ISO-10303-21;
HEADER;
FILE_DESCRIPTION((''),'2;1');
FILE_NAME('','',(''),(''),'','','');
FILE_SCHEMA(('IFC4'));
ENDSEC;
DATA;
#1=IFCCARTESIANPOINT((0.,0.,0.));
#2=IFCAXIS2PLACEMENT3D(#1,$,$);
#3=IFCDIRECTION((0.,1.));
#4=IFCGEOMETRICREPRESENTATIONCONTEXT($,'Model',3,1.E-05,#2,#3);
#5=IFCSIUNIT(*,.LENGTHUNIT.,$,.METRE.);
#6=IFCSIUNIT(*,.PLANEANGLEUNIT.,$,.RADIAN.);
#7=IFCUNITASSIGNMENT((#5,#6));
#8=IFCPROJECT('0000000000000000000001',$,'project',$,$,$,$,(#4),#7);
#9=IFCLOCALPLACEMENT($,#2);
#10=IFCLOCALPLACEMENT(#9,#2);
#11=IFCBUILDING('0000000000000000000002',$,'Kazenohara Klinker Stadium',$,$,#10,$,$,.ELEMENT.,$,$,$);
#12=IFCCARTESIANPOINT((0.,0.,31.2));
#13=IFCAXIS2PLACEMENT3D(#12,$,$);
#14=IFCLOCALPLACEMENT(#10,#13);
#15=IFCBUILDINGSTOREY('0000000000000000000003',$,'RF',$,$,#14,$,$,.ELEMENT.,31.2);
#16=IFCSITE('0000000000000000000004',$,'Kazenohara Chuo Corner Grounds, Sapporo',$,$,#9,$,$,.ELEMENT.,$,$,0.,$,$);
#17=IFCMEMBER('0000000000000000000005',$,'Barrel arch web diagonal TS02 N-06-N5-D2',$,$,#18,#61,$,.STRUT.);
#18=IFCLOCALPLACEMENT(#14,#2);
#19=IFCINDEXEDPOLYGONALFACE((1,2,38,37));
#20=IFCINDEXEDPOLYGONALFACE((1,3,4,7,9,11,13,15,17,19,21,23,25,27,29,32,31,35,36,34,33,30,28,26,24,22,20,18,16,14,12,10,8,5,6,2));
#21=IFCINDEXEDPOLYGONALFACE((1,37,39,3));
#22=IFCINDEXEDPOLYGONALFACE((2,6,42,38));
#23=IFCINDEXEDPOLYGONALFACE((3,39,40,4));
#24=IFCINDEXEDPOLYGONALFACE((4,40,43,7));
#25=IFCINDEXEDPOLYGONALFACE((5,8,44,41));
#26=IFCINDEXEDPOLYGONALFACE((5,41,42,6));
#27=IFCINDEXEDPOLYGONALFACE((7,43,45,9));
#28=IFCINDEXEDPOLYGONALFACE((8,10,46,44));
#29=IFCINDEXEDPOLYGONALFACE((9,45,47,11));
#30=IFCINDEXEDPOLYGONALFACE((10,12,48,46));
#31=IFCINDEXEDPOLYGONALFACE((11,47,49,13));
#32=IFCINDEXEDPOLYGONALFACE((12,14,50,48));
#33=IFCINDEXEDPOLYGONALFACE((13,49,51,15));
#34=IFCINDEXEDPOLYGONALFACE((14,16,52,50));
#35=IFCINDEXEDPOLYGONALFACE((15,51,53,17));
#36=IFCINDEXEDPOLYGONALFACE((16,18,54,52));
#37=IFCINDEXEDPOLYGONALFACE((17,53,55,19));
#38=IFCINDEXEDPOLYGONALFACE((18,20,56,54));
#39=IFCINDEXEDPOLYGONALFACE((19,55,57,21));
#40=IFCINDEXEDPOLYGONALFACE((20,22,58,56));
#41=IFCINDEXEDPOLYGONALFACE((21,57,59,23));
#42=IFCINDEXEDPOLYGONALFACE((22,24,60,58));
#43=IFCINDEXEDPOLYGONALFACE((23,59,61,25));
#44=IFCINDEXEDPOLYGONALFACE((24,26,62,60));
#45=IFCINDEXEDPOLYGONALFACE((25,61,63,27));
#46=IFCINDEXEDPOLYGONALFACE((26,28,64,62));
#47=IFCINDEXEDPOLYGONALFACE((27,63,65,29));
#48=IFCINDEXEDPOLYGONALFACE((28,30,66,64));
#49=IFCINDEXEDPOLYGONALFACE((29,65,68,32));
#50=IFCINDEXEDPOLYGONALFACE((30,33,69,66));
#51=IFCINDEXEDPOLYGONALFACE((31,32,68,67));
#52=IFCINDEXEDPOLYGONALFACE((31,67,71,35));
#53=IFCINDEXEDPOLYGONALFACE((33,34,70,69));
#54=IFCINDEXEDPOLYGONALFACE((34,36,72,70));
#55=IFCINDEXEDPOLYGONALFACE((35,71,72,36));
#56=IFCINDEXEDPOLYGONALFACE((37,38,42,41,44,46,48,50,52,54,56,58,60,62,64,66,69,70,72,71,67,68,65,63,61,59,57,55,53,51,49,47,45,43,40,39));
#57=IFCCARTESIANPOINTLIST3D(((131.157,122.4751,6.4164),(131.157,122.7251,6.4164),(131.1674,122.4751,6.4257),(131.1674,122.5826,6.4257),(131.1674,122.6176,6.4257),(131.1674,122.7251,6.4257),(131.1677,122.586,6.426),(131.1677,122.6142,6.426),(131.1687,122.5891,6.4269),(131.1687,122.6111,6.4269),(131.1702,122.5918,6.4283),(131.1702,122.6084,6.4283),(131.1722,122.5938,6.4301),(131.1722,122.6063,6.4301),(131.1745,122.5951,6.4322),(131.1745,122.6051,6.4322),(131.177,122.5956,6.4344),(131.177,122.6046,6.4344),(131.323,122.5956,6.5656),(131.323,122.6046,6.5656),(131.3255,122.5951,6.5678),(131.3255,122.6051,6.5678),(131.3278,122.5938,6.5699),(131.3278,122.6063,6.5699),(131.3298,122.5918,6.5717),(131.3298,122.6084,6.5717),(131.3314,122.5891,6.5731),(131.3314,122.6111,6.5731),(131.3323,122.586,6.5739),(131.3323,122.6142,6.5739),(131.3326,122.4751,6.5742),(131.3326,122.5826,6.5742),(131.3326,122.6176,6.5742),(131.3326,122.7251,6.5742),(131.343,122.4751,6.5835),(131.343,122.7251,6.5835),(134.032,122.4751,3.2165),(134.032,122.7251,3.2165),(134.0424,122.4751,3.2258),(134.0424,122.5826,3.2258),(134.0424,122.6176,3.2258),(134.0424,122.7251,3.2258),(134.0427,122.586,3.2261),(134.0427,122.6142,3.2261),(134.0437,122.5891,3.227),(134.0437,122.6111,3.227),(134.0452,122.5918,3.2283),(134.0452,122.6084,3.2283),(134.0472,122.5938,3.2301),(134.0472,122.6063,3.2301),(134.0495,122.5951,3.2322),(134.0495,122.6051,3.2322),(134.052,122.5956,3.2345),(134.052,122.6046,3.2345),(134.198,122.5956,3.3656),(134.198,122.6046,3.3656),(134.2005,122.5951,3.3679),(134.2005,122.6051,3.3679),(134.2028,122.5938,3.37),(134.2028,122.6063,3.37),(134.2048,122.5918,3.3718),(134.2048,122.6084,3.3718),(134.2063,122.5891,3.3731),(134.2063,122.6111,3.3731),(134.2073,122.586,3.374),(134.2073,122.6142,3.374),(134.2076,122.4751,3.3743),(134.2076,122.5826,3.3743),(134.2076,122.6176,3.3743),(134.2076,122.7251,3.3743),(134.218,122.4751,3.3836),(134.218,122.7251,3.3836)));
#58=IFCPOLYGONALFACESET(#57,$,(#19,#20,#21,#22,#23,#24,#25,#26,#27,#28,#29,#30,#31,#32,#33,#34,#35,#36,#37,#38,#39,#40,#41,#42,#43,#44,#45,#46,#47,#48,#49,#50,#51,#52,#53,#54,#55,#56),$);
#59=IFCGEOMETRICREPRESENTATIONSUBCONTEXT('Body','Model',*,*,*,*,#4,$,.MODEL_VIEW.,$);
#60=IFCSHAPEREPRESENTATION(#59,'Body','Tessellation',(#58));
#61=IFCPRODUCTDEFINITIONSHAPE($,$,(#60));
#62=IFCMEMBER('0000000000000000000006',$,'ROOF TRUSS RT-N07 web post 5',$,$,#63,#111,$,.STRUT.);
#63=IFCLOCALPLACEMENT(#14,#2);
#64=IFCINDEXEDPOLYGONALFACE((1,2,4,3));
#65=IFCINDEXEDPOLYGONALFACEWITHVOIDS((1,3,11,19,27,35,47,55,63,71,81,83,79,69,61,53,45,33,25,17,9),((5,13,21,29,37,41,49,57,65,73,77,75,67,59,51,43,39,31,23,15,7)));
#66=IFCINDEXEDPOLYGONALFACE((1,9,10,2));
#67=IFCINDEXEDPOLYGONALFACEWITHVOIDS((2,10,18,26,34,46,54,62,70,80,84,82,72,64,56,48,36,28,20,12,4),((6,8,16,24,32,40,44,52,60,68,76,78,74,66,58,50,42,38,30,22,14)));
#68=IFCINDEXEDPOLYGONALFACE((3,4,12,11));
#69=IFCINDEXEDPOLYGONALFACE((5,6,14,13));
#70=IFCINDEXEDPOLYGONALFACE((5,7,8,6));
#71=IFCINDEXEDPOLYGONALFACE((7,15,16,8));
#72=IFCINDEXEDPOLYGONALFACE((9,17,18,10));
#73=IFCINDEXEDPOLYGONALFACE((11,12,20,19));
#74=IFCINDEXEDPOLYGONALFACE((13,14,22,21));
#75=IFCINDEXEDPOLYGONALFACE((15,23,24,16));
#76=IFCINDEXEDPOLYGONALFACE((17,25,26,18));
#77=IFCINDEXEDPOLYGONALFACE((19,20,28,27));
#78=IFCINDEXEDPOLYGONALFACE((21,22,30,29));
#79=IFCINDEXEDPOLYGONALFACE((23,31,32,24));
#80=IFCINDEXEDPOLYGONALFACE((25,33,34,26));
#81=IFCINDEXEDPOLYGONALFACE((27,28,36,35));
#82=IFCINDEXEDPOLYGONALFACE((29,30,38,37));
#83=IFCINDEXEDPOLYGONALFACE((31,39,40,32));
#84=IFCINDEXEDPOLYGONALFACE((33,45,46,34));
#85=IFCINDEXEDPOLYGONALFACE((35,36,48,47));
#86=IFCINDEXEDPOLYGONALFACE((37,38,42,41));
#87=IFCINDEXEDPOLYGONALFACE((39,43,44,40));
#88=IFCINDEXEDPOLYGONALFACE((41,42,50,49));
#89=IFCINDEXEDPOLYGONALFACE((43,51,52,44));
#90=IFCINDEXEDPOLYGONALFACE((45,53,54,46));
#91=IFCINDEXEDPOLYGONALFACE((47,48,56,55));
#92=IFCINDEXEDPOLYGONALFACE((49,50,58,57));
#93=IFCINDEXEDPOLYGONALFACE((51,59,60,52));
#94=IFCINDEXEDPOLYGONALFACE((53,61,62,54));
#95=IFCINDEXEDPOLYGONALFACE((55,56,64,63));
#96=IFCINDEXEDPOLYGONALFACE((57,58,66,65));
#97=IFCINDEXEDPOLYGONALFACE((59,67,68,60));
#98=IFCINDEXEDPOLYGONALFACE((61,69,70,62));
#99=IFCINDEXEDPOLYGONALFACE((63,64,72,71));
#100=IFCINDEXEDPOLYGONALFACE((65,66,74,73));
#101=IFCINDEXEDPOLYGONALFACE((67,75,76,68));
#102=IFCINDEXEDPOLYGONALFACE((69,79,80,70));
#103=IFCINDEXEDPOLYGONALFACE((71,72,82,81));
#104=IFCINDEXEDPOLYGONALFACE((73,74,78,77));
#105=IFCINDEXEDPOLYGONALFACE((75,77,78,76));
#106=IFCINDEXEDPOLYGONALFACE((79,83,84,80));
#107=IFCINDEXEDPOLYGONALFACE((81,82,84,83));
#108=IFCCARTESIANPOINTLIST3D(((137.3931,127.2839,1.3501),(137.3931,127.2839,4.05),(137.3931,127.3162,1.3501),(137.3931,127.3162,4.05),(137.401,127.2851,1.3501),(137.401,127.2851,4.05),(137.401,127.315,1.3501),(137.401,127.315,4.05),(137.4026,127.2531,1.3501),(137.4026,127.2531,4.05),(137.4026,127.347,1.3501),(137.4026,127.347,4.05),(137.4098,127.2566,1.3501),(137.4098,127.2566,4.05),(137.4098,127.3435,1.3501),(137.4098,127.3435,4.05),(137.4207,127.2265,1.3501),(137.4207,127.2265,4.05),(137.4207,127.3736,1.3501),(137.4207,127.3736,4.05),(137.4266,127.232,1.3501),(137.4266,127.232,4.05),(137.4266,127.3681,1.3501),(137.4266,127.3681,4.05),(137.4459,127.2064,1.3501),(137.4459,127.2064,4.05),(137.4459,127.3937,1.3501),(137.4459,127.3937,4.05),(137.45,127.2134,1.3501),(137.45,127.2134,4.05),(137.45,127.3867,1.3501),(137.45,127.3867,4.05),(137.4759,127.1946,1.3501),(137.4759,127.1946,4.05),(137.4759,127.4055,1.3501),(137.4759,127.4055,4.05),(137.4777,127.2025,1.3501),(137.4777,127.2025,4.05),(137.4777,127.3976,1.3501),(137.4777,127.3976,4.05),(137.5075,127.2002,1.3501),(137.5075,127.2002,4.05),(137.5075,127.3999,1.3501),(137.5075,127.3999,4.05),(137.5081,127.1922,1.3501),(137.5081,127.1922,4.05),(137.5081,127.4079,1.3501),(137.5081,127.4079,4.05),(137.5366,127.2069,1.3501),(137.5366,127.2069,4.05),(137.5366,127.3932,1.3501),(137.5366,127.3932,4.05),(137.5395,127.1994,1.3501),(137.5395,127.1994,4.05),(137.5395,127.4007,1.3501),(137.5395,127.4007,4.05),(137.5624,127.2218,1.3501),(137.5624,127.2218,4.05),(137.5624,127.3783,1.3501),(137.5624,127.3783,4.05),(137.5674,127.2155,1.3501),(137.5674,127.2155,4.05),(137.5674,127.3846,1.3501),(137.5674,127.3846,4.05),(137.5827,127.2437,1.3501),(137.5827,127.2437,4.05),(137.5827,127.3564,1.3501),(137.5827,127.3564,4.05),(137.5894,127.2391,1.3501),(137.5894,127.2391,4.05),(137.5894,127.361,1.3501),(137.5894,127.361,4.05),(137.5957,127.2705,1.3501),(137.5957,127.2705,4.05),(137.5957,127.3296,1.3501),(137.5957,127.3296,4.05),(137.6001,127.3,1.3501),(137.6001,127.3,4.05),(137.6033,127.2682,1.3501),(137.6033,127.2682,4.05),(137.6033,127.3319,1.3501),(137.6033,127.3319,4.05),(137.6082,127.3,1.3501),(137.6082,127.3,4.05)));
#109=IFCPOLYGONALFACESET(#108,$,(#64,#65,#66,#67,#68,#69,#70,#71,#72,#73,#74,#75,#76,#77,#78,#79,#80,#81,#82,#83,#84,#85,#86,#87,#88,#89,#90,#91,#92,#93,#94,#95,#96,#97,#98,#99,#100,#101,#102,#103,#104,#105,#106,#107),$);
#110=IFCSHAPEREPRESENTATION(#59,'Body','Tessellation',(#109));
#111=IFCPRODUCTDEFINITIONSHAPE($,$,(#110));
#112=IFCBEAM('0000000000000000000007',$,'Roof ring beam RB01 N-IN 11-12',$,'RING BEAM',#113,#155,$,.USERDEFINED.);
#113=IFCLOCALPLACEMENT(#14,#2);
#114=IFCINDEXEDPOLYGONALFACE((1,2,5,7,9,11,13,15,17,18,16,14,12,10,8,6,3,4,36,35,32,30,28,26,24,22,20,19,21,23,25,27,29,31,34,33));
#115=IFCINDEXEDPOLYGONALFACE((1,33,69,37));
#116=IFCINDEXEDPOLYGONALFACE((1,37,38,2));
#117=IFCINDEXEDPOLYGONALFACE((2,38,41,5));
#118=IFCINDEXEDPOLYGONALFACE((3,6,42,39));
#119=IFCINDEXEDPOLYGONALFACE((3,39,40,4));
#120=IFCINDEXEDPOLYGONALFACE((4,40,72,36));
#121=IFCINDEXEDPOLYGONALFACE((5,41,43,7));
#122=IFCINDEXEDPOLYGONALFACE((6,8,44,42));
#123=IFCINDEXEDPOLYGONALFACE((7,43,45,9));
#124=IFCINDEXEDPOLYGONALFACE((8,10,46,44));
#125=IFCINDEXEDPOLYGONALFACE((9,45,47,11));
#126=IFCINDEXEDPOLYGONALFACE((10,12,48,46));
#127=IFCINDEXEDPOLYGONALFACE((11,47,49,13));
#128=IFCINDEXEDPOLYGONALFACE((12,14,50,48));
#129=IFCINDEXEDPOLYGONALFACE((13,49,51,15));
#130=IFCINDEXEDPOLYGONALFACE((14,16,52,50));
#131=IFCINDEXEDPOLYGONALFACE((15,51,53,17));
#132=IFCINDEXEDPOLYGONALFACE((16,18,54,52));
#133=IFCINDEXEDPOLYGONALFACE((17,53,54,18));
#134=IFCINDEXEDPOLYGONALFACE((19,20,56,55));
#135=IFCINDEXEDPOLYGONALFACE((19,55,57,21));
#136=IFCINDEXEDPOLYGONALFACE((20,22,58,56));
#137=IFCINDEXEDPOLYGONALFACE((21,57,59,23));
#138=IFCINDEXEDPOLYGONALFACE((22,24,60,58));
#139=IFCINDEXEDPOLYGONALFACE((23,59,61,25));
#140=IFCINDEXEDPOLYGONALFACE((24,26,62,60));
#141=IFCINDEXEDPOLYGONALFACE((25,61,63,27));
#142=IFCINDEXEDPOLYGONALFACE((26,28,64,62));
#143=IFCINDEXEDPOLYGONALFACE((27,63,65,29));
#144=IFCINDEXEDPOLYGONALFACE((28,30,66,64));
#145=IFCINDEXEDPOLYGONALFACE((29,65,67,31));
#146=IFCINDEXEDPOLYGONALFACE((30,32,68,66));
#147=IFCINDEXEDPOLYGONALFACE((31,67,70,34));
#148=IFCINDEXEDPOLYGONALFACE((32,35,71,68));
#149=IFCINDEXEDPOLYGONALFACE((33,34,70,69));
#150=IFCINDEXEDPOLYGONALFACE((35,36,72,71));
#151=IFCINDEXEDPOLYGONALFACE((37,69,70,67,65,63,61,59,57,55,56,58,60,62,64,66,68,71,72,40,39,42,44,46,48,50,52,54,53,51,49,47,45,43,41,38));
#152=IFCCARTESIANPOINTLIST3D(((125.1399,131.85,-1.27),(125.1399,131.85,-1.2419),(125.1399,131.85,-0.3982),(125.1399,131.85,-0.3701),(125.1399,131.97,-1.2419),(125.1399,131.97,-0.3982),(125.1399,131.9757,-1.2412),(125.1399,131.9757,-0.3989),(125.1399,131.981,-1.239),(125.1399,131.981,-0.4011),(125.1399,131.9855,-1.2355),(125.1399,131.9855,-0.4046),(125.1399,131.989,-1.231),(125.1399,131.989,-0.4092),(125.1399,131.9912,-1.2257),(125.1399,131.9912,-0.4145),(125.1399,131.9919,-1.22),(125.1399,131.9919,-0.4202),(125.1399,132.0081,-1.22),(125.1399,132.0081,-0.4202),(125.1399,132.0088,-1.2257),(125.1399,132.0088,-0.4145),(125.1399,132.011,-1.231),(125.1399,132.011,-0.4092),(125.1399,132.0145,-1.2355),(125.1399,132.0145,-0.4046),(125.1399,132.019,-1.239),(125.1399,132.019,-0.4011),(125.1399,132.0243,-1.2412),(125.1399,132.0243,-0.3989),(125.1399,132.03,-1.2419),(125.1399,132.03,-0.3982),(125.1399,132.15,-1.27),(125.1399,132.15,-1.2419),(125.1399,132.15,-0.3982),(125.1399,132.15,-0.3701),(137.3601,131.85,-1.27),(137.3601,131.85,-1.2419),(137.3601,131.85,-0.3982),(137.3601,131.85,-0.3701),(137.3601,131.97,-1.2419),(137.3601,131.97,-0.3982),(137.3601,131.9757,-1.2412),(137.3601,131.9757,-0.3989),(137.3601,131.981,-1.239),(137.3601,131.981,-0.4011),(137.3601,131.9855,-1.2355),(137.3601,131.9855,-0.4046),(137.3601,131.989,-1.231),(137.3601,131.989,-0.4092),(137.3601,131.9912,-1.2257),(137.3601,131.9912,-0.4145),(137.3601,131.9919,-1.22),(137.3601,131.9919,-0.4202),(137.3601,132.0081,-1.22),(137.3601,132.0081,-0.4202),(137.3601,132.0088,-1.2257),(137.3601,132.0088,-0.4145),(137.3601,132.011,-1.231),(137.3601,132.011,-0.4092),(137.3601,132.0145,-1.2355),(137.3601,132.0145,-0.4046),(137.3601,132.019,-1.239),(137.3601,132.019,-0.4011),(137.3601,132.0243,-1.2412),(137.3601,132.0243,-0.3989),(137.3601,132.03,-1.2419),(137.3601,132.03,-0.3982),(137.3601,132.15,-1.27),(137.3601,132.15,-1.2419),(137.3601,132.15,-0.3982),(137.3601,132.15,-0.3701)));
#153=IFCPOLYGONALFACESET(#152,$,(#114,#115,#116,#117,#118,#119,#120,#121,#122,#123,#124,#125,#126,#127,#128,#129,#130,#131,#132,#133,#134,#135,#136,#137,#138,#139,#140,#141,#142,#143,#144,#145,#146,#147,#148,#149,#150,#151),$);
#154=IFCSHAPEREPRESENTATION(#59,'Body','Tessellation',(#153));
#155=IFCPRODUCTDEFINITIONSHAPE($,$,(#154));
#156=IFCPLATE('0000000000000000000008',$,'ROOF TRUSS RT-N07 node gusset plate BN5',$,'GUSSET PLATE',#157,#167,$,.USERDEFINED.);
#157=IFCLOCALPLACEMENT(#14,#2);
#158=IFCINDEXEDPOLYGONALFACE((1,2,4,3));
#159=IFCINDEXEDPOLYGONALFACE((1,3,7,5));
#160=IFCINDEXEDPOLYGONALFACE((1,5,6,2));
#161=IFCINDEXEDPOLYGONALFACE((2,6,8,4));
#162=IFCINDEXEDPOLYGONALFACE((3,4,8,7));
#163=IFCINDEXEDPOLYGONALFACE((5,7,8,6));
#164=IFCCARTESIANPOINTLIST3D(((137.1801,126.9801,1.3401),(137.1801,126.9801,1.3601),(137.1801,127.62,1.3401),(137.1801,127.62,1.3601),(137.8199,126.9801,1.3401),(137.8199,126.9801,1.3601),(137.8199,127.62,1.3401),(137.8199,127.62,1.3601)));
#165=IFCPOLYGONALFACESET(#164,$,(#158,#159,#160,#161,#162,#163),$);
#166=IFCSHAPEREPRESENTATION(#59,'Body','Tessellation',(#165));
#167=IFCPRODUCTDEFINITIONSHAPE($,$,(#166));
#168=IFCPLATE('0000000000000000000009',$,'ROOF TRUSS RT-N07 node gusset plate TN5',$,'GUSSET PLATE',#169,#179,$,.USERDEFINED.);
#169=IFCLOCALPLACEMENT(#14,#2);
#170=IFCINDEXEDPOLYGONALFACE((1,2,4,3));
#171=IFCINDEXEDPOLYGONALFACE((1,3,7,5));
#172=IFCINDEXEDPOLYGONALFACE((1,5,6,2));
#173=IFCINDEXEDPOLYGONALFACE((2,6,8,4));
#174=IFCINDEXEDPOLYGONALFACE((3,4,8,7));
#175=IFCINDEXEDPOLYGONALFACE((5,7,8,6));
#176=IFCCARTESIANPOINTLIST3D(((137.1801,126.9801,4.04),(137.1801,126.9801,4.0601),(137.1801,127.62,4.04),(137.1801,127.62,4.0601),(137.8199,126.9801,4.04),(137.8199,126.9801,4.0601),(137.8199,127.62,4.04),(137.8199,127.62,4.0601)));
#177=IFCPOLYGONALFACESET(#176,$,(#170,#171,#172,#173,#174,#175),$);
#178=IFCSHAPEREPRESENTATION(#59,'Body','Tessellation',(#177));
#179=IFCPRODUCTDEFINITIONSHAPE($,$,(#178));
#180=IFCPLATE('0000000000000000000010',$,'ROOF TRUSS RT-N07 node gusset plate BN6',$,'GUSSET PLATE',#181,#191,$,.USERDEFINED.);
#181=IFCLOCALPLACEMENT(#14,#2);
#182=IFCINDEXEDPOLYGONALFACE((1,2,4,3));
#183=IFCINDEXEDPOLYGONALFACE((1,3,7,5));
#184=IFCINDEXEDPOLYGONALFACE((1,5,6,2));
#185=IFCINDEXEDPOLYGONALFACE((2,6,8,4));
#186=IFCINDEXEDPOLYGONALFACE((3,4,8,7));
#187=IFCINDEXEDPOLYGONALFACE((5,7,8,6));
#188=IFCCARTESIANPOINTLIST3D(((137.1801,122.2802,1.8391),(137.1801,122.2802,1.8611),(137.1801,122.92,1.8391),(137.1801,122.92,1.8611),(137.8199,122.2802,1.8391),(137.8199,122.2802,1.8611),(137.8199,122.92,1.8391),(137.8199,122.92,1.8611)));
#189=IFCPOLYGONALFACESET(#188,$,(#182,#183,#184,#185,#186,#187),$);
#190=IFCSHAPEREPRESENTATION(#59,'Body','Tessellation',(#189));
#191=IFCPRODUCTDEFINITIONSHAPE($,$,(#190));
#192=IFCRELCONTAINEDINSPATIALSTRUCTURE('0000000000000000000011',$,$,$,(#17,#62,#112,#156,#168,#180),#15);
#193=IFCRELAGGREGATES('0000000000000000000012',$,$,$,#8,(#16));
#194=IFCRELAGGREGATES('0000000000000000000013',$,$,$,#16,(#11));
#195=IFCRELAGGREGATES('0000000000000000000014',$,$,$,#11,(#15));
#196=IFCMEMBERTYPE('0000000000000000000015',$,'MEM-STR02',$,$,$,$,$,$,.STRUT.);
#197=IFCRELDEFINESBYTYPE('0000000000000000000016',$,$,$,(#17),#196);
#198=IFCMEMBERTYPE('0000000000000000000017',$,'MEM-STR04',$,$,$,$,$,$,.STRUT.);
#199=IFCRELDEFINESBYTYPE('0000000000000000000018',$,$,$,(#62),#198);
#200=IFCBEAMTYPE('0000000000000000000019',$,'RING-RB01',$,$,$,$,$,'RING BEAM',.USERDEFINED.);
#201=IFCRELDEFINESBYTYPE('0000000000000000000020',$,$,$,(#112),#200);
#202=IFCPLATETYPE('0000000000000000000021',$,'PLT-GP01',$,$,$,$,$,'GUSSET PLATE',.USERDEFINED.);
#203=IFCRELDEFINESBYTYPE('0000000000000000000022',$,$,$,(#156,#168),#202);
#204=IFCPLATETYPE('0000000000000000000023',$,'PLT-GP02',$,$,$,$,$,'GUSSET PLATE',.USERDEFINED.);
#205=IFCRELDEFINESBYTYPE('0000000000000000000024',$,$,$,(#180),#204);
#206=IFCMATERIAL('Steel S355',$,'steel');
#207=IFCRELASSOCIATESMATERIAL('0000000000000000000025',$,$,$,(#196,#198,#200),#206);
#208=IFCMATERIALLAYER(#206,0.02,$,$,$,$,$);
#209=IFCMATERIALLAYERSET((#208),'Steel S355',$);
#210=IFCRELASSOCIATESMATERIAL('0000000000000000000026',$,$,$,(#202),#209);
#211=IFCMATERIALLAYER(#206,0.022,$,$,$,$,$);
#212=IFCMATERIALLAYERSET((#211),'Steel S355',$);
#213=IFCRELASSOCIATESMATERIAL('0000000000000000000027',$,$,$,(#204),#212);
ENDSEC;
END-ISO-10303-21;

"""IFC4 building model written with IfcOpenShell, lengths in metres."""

from ifc_helpers import new_model, si_unit, direction, frame, origin, origin_2d, place, context, subcontext, project, spatial, rectangle, hollow_circle, i_section, extrude, material, layer, layer_set, material_profile, profile_set, type_object, element, save


model = new_model("IFC4")

# Units and contexts
model_context = context("Model", 3, precision=1e-05, world=origin(), true_north=direction((0.0, 1.0)))
body_context = subcontext(model_context, "Body", "Model", "MODEL_VIEW")
ifc_project = project(units=[si_unit("LENGTHUNIT", "METRE"), si_unit("PLANEANGLEUNIT", "RADIAN")], contexts=[model_context])

# Site, building, storey
site_placement = place(None, origin())
site = spatial("IfcSite", under=ifc_project, at=site_placement, Name="Kazenohara Chuo Corner Grounds, Sapporo", CompositionType="ELEMENT", RefElevation=0.0)
building_placement = place(site_placement, origin())
building = spatial("IfcBuilding", under=site, at=building_placement, Name="Kazenohara Klinker Stadium", CompositionType="ELEMENT")
storey_placement = place(building_placement, frame((0.0, 0.0, 31.2)))
storey = spatial("IfcBuildingStorey", under=building, at=storey_placement, Name="RF", CompositionType="ELEMENT", Elevation=31.2)

# Members
ifc_material_1 = material(Name="Steel S355", Category="steel")
ifc_material_profile_1 = material_profile(ifc_material_1, i_section(OverallWidth=0.25, OverallDepth=0.25, WebThickness=0.009, FlangeThickness=0.0139, FilletRadius=0.0129, at=origin_2d()), Name="H-250x250x9x14")
ifc_profile_set_1 = profile_set([ifc_material_profile_1], Name="Steel S355")
member_type_1 = type_object("IfcMemberType", Name="MEM-STR02", PredefinedType="STRUT", material=ifc_profile_set_1)
for number, where, z_axis, x_axis, name in (
    (1, (134.125, 122.6001, 3.3), (-0.668328, 0.0, 0.743867), (0.0, -1.0, 0.0), "Barrel arch web diagonal TS02 N-06-N5-D2"),
):
    element("IfcMember", number, at=place(storey_placement, frame(where, z_axis=z_axis, x_axis=x_axis)), inside=storey, type_object=member_type_1, Name=name, PredefinedType="STRUT", context=body_context, shape_type="SweptSolid", body=[
        extrude(i_section(OverallWidth=0.25, OverallDepth=0.25, WebThickness=0.009, FlangeThickness=0.0139, FilletRadius=0.0129, at=origin_2d()), origin(), (0.0, 0.0, 1.0), 4.3018),
    ])
ifc_material_profile_2 = material_profile(ifc_material_1, hollow_circle(Radius=0.1082, WallThickness=0.0081, at=origin_2d()), Name="CHS-216.3x8")
ifc_profile_set_2 = profile_set([ifc_material_profile_2], Name="Steel S355")
member_type_2 = type_object("IfcMemberType", Name="MEM-STR04", PredefinedType="STRUT", material=ifc_profile_set_2)
member_1_placement = place(storey_placement, frame((137.5, 127.3, 1.3501), z_axis=(0.0, 0.0, 1.0), x_axis=(1.0, 0.0, 0.0)))
element("IfcMember", 2, at=member_1_placement, inside=storey, type_object=member_type_2, Name="ROOF TRUSS RT-N07 web post 5", PredefinedType="STRUT", context=body_context, shape_type="SweptSolid", body=[
    extrude(hollow_circle(Radius=0.1082, WallThickness=0.0081, at=origin_2d()), origin(), (0.0, 0.0, 1.0), 2.7),
])

# Beam
ifc_material_profile_3 = material_profile(ifc_material_1, i_section(OverallWidth=0.3, OverallDepth=0.8999, WebThickness=0.0161, FlangeThickness=0.0281, FilletRadius=0.022, at=origin_2d()), Name="H-900x300x16x28")
ifc_profile_set_3 = profile_set([ifc_material_profile_3], Name="Steel S355")
beam_type = type_object("IfcBeamType", Name="RING-RB01", ElementType="RING BEAM", PredefinedType="USERDEFINED", material=ifc_profile_set_3)
beam_placement = place(storey_placement, frame((125.1399, 132.0, -0.8201), z_axis=(1.0, 0.0, 0.0), x_axis=(0.0, 1.0, 0.0)))
element("IfcBeam", 3, at=beam_placement, inside=storey, type_object=beam_type, Name="Roof ring beam RB01 N-IN 11-12", ObjectType="RING BEAM", PredefinedType="USERDEFINED", context=body_context, shape_type="SweptSolid", body=[
    extrude(i_section(OverallWidth=0.3, OverallDepth=0.8999, WebThickness=0.0161, FlangeThickness=0.0281, FilletRadius=0.022, at=origin_2d()), origin(), (0.0, 0.0, 1.0), 12.2202),
])

# Plates
ifc_layer_1 = layer(ifc_material_1, 0.02)
ifc_layer_set_1 = layer_set([ifc_layer_1], Name="Steel S355")
plate_type_1 = type_object("IfcPlateType", Name="PLT-GP01", ElementType="GUSSET PLATE", PredefinedType="USERDEFINED", material=ifc_layer_set_1)
for number, where, z_axis, x_axis, name in (
    (4, (137.5, 127.3, 1.3401), (0.0, 0.0, 1.0), (1.0, 0.0, 0.0), "ROOF TRUSS RT-N07 node gusset plate BN5"),
    (5, (137.5, 127.3, 4.04), (0.0, 0.0, 1.0), (1.0, 0.0, 0.0), "ROOF TRUSS RT-N07 node gusset plate TN5"),
):
    element("IfcPlate", number, at=place(storey_placement, frame(where, z_axis=z_axis, x_axis=x_axis)), inside=storey, type_object=plate_type_1, Name=name, ObjectType="GUSSET PLATE", PredefinedType="USERDEFINED", context=body_context, shape_type="SweptSolid", body=[
        extrude(rectangle(XDim=0.6399, YDim=0.6399, at=origin_2d()), origin(), (0.0, 0.0, 1.0), 0.02),
    ])
ifc_layer_2 = layer(ifc_material_1, 0.022)
ifc_layer_set_2 = layer_set([ifc_layer_2], Name="Steel S355")
plate_type_2 = type_object("IfcPlateType", Name="PLT-GP02", ElementType="GUSSET PLATE", PredefinedType="USERDEFINED", material=ifc_layer_set_2)
for number, where, z_axis, x_axis, name in (
    (6, (137.5, 122.6001, 1.8391), (0.0, 0.0, 1.0), (1.0, 0.0, 0.0), "ROOF TRUSS RT-N07 node gusset plate BN6"),
):
    element("IfcPlate", number, at=place(storey_placement, frame(where, z_axis=z_axis, x_axis=x_axis)), inside=storey, type_object=plate_type_2, Name=name, ObjectType="GUSSET PLATE", PredefinedType="USERDEFINED", context=body_context, shape_type="SweptSolid", body=[
        extrude(rectangle(XDim=0.6399, YDim=0.6399, at=origin_2d()), origin(), (0.0, 0.0, 1.0), 0.022),
    ])

save(model, "model.ifc")
